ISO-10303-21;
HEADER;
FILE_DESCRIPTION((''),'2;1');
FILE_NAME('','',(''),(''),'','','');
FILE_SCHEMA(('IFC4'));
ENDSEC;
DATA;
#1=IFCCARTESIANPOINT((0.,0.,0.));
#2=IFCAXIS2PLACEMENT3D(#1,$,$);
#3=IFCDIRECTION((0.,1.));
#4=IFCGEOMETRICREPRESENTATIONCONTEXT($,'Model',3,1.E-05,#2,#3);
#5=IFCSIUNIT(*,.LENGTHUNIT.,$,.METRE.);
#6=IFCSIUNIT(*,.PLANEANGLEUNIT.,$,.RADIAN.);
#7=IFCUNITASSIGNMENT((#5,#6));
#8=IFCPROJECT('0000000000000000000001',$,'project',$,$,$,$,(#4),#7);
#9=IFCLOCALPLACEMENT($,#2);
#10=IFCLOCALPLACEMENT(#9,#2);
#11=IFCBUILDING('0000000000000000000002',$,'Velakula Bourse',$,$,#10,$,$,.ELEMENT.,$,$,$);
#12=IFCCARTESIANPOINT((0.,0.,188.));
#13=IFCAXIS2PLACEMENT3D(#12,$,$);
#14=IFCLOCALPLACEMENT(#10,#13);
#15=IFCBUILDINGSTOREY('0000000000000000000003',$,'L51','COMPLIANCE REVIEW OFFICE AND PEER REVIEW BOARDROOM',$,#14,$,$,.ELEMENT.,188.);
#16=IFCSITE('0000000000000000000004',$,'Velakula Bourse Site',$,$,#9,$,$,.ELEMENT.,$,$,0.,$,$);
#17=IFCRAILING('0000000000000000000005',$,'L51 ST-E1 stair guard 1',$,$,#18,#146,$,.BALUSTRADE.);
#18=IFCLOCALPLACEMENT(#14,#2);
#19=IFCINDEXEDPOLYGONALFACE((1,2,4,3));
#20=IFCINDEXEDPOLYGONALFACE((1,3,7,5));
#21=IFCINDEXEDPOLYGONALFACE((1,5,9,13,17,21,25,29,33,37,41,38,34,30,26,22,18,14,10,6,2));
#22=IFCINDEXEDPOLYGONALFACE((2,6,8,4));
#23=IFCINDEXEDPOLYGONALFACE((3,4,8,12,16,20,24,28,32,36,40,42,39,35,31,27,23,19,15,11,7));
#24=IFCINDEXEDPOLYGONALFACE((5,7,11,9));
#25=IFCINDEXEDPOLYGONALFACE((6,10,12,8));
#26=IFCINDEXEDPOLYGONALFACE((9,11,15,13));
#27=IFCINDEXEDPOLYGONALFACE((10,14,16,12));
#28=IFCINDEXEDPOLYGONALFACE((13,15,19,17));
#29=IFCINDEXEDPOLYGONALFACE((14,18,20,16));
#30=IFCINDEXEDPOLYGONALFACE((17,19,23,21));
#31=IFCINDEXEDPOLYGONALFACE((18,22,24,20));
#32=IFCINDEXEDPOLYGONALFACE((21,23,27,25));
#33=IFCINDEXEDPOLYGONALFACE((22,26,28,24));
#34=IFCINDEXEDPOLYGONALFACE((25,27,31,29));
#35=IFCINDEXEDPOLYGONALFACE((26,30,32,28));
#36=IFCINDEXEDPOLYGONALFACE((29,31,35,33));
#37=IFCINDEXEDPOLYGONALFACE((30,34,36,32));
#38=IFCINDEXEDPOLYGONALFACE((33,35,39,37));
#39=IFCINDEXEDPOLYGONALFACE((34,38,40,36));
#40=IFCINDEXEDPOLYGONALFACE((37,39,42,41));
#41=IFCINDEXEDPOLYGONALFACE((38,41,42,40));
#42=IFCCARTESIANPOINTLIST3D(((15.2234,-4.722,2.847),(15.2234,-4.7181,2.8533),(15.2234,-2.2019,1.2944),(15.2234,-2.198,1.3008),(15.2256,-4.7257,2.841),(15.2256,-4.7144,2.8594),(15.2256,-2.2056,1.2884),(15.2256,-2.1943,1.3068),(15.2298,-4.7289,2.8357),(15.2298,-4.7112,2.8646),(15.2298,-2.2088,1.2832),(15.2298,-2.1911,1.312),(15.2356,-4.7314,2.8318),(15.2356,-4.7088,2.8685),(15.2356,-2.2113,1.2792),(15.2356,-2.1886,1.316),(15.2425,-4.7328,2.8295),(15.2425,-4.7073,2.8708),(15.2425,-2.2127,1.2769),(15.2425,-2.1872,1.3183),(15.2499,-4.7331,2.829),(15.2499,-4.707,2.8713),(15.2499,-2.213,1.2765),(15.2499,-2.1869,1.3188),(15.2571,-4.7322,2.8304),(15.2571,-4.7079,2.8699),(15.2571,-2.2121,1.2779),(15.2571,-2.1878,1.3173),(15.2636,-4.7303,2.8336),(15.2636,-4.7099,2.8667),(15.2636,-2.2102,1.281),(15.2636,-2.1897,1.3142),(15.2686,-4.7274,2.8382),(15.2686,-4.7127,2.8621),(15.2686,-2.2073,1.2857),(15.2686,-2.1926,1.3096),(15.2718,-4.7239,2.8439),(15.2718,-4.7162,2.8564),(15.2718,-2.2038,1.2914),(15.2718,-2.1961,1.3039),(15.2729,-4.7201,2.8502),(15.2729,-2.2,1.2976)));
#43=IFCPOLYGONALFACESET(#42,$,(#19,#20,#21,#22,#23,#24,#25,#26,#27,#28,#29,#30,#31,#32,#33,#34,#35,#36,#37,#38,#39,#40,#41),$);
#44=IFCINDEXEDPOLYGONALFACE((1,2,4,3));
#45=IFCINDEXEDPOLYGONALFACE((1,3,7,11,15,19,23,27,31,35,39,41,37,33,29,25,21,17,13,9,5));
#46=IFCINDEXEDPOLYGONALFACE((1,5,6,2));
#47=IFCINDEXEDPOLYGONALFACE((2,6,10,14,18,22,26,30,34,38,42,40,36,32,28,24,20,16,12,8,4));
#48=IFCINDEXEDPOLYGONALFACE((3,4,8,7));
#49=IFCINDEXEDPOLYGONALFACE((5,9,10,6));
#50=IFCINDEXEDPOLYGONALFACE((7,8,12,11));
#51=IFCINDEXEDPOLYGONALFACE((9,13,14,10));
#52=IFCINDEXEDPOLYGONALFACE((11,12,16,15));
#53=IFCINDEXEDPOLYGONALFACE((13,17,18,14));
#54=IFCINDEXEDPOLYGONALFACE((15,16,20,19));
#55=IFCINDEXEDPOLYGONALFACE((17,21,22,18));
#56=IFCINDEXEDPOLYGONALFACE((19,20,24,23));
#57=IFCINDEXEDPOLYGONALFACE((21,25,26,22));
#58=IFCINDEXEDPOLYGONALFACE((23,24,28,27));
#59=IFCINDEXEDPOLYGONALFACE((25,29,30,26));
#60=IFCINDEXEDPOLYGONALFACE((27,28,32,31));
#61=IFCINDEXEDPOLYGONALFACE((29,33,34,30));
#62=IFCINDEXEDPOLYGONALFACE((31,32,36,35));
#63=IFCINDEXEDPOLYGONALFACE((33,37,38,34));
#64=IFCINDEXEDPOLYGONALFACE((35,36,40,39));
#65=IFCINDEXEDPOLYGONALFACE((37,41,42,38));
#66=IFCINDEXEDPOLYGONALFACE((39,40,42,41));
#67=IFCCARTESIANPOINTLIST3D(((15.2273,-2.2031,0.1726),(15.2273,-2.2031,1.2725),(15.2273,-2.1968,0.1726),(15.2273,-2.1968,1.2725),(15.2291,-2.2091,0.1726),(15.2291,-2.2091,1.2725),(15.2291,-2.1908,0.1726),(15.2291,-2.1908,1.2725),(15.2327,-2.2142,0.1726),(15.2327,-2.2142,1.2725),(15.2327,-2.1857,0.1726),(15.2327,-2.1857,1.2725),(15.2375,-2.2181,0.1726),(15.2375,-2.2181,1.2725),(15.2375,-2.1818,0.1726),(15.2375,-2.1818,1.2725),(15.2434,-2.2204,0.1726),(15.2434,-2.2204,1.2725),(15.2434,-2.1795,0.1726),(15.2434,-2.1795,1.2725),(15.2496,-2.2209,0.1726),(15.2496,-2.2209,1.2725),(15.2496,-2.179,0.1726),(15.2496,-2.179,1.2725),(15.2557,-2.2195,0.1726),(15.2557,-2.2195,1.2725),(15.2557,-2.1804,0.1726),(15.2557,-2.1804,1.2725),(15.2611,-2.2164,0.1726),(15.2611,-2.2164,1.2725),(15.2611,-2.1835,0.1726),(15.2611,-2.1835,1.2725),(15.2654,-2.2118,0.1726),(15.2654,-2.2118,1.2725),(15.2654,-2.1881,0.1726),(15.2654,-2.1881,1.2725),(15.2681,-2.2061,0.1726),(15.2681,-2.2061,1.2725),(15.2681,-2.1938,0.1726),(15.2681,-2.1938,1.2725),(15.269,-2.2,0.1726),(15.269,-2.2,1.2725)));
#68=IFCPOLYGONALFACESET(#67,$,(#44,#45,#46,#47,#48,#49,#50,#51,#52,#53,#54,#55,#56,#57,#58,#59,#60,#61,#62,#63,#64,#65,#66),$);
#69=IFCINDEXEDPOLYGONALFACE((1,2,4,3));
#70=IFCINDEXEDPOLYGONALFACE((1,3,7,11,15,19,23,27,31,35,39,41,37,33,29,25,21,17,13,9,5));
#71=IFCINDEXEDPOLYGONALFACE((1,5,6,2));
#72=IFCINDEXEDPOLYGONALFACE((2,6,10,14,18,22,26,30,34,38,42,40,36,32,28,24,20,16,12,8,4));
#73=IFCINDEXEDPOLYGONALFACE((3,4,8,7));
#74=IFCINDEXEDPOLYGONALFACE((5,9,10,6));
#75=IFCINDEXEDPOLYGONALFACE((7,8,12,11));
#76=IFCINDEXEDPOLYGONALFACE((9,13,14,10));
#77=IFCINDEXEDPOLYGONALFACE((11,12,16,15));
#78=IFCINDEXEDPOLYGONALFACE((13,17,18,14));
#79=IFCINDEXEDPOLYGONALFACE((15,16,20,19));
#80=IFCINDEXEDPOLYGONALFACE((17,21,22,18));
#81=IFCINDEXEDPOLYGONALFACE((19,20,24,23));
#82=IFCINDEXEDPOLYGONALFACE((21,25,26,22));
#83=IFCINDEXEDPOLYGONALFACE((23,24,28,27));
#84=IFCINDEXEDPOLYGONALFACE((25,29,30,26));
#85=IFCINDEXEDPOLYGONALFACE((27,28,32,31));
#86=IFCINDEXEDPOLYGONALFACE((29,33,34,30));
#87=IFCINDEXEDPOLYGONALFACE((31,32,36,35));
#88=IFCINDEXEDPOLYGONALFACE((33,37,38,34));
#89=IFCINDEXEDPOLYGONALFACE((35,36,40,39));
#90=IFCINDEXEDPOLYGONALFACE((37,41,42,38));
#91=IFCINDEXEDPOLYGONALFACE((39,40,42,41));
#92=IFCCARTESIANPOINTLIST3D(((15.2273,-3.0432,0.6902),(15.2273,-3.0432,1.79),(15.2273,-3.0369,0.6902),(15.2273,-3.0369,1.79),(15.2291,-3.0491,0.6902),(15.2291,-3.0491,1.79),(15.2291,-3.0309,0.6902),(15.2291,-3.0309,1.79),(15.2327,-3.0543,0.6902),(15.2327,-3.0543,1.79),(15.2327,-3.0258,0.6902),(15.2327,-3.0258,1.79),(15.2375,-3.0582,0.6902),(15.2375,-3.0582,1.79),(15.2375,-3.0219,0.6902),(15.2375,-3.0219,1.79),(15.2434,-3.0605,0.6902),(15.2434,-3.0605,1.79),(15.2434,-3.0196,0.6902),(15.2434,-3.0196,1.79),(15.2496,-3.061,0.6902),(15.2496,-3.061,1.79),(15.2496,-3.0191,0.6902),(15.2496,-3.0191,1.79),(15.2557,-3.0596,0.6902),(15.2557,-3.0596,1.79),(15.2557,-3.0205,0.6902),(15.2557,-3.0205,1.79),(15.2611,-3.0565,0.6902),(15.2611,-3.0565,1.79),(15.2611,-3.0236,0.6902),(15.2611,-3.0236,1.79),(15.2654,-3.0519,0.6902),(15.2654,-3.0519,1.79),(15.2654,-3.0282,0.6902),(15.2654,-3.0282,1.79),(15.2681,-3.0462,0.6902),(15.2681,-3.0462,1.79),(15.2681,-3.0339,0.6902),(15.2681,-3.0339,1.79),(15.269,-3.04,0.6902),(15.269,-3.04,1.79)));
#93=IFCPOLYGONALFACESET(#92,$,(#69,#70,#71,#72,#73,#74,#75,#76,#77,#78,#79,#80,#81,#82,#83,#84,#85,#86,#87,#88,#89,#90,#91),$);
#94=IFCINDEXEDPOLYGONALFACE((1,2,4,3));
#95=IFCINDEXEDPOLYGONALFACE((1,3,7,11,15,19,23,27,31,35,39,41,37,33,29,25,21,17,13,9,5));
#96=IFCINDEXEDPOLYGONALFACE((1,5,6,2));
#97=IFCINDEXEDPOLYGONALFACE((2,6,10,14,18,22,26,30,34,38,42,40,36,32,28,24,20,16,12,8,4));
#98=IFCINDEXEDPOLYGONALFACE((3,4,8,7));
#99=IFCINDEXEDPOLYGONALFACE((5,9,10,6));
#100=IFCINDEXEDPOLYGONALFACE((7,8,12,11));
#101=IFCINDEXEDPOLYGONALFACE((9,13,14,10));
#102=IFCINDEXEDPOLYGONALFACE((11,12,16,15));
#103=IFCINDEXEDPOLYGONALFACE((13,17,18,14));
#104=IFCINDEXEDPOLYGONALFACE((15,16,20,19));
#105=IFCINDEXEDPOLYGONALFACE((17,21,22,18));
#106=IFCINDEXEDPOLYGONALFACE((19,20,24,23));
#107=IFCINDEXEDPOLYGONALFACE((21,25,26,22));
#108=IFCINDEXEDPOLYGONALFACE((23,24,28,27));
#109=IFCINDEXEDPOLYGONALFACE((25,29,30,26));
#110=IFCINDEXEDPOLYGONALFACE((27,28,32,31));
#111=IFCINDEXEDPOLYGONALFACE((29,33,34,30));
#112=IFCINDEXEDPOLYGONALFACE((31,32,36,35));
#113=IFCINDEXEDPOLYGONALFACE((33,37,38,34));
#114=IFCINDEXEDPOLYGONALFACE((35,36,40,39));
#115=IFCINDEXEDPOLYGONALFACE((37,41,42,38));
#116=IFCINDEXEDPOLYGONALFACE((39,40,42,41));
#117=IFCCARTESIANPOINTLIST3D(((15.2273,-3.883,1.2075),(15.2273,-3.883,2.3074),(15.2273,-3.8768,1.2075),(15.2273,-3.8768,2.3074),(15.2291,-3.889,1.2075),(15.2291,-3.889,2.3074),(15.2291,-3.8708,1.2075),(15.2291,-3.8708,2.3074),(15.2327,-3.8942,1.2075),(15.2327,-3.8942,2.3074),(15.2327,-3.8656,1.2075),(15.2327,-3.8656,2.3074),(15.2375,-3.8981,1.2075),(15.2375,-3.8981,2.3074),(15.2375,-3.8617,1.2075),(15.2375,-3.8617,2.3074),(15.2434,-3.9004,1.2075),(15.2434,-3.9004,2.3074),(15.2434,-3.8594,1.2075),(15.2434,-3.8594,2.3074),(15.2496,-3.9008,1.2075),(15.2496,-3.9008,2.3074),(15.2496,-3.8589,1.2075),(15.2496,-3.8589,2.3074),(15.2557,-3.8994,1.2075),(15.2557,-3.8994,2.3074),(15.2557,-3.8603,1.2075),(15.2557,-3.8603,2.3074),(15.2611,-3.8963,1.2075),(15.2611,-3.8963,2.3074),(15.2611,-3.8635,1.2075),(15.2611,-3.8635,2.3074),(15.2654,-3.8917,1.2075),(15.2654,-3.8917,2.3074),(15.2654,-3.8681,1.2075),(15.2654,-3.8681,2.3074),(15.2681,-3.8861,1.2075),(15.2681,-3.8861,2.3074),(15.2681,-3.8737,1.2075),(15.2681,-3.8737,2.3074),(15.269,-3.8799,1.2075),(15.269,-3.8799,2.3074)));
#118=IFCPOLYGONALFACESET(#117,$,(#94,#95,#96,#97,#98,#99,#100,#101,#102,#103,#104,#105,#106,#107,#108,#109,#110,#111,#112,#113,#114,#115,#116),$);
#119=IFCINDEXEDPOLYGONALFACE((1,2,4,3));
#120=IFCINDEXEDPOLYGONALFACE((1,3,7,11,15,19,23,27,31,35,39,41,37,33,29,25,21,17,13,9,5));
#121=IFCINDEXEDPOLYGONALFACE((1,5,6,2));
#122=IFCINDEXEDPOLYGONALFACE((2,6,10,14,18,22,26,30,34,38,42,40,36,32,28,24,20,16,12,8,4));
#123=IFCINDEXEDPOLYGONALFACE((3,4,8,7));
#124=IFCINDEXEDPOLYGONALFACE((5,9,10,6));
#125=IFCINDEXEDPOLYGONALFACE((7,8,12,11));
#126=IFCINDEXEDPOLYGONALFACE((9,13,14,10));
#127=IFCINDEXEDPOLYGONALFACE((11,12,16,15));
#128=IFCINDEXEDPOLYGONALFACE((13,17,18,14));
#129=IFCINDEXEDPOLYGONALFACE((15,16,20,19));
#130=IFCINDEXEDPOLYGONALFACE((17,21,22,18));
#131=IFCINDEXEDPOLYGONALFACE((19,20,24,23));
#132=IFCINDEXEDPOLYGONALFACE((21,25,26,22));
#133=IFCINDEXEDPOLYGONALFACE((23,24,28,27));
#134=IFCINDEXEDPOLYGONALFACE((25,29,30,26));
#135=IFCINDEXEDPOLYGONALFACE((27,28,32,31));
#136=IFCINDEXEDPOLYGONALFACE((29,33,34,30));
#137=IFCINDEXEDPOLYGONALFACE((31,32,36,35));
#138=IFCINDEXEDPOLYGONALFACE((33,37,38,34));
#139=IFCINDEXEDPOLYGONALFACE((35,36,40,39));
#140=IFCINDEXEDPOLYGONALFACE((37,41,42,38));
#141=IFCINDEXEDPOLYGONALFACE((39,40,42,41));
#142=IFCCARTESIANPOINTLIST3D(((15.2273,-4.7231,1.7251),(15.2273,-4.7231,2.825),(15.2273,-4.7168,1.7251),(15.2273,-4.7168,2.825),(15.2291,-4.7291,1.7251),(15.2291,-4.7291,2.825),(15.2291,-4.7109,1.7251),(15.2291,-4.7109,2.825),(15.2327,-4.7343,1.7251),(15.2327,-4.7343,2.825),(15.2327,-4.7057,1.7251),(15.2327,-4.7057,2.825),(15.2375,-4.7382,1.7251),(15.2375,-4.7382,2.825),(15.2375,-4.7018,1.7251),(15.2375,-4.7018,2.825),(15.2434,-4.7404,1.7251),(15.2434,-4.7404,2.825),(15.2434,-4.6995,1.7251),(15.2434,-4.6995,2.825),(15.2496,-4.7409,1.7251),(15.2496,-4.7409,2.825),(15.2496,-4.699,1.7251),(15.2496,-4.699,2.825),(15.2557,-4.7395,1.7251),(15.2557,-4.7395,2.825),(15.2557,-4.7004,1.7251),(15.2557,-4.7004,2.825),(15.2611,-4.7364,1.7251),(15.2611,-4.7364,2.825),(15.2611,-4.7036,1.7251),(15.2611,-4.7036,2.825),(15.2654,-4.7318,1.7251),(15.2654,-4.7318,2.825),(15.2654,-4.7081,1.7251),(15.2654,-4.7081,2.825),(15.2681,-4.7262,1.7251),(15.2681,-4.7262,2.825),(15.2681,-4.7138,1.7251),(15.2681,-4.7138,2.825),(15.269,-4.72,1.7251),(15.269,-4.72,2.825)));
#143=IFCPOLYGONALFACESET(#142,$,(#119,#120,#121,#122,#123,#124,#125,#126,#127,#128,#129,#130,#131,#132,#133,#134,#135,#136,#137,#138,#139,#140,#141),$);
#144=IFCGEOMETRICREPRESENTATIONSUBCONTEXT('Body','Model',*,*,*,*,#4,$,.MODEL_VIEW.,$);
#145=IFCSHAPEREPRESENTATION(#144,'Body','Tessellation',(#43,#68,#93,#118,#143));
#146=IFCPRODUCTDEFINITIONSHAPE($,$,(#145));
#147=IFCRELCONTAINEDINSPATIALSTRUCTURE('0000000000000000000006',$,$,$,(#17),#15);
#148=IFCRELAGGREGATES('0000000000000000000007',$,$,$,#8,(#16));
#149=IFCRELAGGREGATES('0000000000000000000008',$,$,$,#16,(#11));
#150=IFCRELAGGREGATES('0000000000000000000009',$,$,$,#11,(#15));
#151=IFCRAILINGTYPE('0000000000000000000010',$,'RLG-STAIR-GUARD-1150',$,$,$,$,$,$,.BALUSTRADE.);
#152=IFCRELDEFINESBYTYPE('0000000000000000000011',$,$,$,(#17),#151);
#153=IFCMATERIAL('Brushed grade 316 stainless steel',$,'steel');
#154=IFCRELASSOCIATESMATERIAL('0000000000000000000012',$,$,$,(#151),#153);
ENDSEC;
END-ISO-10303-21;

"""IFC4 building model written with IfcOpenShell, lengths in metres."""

from ifc_helpers import new_model, si_unit, direction, frame, origin, origin_2d, place, context, subcontext, project, spatial, circle, extrude, material, type_object, element, save


model = new_model("IFC4")

# Units and contexts
model_context = context("Model", 3, precision=1e-05, world=origin(), true_north=direction((0.0, 1.0)))
body_context = subcontext(model_context, "Body", "Model", "MODEL_VIEW")
ifc_project = project(units=[si_unit("LENGTHUNIT", "METRE"), si_unit("PLANEANGLEUNIT", "RADIAN")], contexts=[model_context])

# Site, building, storey
site_placement = place(None, origin())
site = spatial("IfcSite", under=ifc_project, at=site_placement, Name="Velakula Bourse Site", CompositionType="ELEMENT", RefElevation=0.0)
building_placement = place(site_placement, origin())
building = spatial("IfcBuilding", under=site, at=building_placement, Name="Velakula Bourse", CompositionType="ELEMENT")
storey_placement = place(building_placement, frame((0.0, 0.0, 188.0)))
storey = spatial("IfcBuildingStorey", under=building, at=storey_placement, Name="L51", Description="COMPLIANCE REVIEW OFFICE AND PEER REVIEW BOARDROOM", CompositionType="ELEMENT", Elevation=188.0)

# Shared definitions
ifc_material_1 = material(Name="Brushed grade 316 stainless steel", Category="steel")

# Railing
railing_type_1 = type_object("IfcRailingType", Name="RLG-STAIR-GUARD-1150", PredefinedType="BALUSTRADE", material=ifc_material_1)
railing_1_placement = place(storey_placement, frame((15.248, -2.2, 0.1726)))
element("IfcRailing", 1, at=railing_1_placement, inside=storey, type_object=railing_type_1, Name="L51 ST-E1 stair guard 1", PredefinedType="BALUSTRADE", context=body_context, shape_type="SweptSolid", body=[
    extrude(circle(Radius=0.0249, at=origin_2d()), frame((0.0, 0.0, 1.125), z_axis=(0.0, -0.8514, 0.524516), x_axis=(1.0, 0.0, 0.0)), (0.0, 0.0, 1.0), 2.96),
    extrude(circle(Radius=0.021, at=origin_2d()), origin(), (0.0, 0.0, 1.0), 1.0999),
    extrude(circle(Radius=0.021, at=origin_2d()), frame((0.0, -0.8401, 0.5176)), (0.0, 0.0, 1.0), 1.0999),
    extrude(circle(Radius=0.021, at=origin_2d()), frame((0.0, -1.6799, 1.0349)), (0.0, 0.0, 1.0), 1.0999),
    extrude(circle(Radius=0.021, at=origin_2d()), frame((0.0, -2.52, 1.5525)), (0.0, 0.0, 1.0), 1.0999),
])

save(model, "model.ifc")
